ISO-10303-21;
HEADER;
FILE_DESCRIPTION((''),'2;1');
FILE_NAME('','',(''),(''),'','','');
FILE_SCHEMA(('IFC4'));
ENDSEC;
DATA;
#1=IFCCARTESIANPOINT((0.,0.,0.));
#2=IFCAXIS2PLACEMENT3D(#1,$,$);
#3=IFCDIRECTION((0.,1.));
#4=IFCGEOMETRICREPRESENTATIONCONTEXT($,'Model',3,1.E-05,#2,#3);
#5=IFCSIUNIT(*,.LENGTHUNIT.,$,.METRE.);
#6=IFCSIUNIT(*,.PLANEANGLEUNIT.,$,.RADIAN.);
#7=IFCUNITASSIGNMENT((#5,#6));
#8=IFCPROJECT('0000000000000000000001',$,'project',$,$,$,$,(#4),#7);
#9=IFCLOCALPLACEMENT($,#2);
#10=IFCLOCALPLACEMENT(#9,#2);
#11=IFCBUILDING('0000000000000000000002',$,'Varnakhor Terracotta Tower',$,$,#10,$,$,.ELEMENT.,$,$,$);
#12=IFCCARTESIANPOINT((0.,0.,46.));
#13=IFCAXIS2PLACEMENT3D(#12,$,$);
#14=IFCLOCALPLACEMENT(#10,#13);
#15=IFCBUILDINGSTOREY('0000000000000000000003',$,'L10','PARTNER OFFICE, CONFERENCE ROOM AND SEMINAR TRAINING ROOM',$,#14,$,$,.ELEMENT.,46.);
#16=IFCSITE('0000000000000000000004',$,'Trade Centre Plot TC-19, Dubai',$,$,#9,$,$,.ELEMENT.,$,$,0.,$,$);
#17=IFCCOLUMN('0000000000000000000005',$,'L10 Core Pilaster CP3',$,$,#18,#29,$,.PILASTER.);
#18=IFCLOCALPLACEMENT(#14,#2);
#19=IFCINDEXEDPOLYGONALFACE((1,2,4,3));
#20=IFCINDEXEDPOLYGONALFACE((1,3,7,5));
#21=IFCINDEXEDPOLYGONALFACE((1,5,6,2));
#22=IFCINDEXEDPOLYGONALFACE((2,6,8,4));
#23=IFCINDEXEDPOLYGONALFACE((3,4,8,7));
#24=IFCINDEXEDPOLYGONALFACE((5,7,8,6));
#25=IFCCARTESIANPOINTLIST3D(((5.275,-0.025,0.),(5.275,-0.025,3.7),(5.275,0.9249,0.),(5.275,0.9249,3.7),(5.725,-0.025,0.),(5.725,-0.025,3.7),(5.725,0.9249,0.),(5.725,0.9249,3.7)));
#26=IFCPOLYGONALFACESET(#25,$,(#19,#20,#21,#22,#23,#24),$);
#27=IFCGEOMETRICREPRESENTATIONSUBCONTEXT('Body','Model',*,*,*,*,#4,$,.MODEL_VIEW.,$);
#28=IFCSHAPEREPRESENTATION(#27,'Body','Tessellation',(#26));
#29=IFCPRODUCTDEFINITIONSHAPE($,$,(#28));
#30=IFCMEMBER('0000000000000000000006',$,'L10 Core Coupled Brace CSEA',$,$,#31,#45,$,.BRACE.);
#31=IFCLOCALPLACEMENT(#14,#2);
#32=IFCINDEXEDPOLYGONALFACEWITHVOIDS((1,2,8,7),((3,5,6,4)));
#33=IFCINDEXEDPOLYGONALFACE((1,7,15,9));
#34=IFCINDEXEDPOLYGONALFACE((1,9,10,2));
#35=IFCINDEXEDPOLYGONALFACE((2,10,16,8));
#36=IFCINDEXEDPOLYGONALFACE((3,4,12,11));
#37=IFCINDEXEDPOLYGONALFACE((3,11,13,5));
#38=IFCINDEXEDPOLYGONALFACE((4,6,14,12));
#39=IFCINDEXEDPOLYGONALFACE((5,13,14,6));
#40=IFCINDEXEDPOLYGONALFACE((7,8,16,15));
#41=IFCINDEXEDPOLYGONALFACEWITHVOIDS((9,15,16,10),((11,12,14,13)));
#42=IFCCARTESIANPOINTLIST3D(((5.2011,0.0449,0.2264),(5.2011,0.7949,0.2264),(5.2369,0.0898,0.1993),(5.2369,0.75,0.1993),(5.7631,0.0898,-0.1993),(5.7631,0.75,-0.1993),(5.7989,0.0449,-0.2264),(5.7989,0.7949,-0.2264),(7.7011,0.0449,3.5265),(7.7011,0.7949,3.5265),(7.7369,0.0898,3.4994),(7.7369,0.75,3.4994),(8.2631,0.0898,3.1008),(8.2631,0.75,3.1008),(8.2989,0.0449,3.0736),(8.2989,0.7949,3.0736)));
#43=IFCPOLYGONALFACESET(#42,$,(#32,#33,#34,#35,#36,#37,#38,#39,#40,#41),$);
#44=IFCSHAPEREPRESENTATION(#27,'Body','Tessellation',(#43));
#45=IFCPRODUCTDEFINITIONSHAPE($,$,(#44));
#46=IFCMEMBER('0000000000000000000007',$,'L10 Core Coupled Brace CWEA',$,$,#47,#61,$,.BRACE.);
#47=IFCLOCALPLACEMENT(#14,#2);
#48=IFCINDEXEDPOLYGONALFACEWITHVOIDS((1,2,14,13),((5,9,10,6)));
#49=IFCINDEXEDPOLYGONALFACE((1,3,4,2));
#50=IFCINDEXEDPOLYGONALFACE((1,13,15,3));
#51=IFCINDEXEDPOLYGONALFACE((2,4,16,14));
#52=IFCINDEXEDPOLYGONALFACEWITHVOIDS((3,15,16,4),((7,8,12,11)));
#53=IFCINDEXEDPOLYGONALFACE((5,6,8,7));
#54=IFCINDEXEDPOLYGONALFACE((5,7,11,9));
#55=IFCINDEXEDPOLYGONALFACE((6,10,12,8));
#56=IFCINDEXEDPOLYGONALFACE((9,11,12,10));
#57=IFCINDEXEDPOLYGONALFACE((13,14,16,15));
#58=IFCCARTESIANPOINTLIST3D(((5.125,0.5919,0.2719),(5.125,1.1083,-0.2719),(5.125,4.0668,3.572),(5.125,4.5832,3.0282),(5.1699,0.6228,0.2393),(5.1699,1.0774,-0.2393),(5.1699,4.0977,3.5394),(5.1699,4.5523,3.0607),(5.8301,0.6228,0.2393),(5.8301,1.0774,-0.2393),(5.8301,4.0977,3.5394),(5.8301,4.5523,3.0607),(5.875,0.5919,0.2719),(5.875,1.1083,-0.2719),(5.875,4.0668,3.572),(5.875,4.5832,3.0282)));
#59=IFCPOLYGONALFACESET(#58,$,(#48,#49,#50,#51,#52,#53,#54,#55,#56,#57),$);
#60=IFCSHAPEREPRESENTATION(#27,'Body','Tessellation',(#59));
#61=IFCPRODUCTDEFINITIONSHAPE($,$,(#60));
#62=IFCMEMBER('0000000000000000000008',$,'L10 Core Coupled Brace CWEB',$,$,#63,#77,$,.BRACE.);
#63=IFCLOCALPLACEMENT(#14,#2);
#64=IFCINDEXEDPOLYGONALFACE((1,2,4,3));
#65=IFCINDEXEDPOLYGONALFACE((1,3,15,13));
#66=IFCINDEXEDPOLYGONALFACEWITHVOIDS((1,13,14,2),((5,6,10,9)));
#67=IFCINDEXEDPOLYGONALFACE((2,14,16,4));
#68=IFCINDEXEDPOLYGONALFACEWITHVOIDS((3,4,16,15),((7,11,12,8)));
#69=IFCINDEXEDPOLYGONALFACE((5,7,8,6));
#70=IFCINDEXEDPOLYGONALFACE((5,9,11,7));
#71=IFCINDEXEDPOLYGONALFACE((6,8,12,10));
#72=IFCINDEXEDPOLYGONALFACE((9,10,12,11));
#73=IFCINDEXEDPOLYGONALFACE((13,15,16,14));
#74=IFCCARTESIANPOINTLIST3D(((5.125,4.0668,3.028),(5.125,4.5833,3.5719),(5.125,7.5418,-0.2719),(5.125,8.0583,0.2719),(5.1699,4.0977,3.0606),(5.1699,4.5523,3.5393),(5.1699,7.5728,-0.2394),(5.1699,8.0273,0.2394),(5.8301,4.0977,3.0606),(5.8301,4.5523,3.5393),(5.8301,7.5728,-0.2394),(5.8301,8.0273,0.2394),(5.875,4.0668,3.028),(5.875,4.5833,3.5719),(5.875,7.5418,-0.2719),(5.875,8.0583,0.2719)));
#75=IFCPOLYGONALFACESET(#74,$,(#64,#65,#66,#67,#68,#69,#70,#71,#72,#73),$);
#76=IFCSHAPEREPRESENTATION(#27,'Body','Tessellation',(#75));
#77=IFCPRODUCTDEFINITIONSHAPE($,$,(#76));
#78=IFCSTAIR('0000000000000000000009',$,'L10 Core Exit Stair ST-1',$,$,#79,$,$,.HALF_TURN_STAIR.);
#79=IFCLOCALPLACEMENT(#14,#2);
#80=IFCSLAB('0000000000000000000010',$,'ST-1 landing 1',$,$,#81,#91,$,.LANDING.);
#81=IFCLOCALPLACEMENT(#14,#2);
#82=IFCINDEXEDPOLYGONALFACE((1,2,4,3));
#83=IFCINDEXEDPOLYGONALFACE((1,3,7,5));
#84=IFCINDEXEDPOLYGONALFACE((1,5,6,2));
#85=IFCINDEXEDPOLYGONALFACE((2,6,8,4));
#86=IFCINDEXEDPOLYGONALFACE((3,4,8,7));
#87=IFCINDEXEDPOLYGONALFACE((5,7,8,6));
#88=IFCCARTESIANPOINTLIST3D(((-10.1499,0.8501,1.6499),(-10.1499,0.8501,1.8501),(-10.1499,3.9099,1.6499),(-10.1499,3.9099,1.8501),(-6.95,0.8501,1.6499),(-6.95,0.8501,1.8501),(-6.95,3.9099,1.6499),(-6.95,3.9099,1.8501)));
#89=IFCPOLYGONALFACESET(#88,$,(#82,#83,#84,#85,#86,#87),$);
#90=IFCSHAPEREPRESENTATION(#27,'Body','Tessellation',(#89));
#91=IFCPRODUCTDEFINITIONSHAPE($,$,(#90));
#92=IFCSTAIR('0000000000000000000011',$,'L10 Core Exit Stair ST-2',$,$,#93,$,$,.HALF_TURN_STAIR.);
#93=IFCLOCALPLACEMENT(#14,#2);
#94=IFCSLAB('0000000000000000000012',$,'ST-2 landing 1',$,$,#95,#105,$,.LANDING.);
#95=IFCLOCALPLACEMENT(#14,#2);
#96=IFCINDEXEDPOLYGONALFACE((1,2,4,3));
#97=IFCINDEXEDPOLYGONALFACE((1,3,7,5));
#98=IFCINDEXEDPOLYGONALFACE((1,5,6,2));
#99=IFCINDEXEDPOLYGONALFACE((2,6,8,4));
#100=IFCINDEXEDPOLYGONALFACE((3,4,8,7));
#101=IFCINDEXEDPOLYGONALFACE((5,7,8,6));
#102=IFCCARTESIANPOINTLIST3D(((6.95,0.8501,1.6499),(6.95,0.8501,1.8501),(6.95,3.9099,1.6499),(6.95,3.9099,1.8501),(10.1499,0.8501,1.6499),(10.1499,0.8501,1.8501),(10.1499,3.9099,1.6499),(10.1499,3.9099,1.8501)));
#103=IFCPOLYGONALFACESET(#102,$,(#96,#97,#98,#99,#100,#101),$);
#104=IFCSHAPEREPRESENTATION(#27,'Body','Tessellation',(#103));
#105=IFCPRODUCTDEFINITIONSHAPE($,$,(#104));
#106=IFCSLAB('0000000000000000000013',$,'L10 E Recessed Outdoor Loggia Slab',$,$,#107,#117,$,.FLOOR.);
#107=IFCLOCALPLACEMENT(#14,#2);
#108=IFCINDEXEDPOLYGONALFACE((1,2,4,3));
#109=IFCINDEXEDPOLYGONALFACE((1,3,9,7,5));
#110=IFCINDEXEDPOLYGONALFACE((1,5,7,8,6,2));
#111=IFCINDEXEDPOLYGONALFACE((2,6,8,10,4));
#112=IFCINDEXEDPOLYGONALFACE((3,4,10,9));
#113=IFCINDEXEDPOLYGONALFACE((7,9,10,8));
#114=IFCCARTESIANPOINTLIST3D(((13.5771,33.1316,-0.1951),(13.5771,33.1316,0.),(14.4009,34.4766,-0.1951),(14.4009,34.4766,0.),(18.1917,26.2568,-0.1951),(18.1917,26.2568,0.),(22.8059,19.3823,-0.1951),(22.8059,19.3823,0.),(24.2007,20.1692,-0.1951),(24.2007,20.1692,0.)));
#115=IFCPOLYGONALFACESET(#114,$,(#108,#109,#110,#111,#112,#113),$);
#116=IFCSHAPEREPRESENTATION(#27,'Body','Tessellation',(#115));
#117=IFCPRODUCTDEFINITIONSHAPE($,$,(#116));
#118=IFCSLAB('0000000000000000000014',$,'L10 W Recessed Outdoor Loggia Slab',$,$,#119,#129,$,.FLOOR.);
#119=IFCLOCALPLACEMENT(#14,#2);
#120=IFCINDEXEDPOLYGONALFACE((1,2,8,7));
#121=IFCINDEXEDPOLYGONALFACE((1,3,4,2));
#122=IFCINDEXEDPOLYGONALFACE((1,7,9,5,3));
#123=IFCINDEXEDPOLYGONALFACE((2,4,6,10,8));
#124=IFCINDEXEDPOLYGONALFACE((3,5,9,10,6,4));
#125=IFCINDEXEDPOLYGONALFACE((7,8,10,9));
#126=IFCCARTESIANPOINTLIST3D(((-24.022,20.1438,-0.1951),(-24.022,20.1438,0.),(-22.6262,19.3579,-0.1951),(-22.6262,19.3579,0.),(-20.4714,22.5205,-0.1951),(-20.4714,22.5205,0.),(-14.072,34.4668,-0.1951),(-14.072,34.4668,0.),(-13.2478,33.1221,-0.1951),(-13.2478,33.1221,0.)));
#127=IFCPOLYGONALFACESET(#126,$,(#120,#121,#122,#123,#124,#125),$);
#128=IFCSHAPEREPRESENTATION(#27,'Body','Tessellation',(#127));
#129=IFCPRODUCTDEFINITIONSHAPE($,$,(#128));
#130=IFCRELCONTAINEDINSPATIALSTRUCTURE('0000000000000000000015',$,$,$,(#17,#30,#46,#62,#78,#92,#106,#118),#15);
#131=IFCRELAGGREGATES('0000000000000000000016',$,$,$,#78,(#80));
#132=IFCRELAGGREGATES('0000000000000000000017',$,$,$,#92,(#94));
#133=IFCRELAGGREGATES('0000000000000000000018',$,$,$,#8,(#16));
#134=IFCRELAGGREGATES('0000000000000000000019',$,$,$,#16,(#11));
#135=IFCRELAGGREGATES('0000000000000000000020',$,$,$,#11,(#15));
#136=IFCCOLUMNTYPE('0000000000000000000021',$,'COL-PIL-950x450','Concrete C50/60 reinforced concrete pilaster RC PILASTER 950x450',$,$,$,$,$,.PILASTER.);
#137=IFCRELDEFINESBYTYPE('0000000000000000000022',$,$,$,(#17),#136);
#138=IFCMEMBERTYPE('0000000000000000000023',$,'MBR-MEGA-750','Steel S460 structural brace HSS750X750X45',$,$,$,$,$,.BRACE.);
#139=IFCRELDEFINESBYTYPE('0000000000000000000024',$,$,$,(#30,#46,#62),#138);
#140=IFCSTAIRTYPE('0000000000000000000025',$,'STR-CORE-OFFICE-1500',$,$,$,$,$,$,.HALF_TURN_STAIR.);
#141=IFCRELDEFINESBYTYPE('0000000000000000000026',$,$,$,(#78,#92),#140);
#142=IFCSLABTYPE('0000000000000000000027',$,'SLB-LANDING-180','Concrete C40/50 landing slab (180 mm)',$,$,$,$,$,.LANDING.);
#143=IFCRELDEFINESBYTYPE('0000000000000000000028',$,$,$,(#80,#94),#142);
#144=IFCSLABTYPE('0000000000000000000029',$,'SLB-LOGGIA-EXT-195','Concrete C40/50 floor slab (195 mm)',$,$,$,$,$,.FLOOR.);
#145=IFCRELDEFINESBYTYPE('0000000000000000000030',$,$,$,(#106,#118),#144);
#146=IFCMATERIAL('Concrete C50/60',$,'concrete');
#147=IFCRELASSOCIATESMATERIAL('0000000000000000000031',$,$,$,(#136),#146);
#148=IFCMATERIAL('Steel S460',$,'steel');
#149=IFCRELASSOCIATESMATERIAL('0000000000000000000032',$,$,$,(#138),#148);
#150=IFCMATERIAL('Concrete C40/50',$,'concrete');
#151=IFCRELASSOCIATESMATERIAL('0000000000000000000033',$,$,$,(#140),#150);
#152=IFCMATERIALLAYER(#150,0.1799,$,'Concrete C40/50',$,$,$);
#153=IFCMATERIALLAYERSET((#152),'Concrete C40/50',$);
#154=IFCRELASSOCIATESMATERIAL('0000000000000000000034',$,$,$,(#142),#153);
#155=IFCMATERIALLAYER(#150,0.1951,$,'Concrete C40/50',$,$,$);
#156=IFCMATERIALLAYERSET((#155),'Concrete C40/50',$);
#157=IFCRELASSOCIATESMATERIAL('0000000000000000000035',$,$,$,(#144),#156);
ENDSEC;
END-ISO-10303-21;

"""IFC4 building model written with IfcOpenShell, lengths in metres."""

from ifc_helpers import new_model, si_unit, direction, frame, origin, origin_2d, place, context, subcontext, project, spatial, polyline, rectangle, hollow_rectangle, outline, extrude, source, transform, mapped, material, layer, layer_set, material_profile, profile_set, type_object, type_shapes, element, aggregate, save


model = new_model("IFC4")

# Units and contexts
model_context = context("Model", 3, precision=1e-05, world=origin(), true_north=direction((0.0, 1.0)))
body_context = subcontext(model_context, "Body", "Model", "MODEL_VIEW")
ifc_project = project(units=[si_unit("LENGTHUNIT", "METRE"), si_unit("PLANEANGLEUNIT", "RADIAN")], contexts=[model_context])

# Site, building, storey
site_placement = place(None, origin())
site = spatial("IfcSite", under=ifc_project, at=site_placement, Name="Trade Centre Plot TC-19, Dubai", CompositionType="ELEMENT", RefElevation=0.0)
building_placement = place(site_placement, origin())
building = spatial("IfcBuilding", under=site, at=building_placement, Name="Varnakhor Terracotta Tower", CompositionType="ELEMENT")
storey_placement = place(building_placement, frame((0.0, 0.0, 46.0)))
storey = spatial("IfcBuildingStorey", under=building, at=storey_placement, Name="L10", Description="PARTNER OFFICE, CONFERENCE ROOM AND SEMINAR TRAINING ROOM", CompositionType="ELEMENT", Elevation=46.0)

# Column
ifc_material_1 = material(Name="Concrete C50/60", Category="concrete")
ifc_material_profile_1 = material_profile(ifc_material_1, rectangle(XDim=0.45, YDim=0.95, at=origin_2d()), Name="RC PILASTER 950x450")
ifc_profile_set_1 = profile_set([ifc_material_profile_1], Name="Concrete C50/60")
column_type = type_object("IfcColumnType", Name="COL-PIL-950x450", Description="Concrete C50/60 reinforced concrete pilaster RC PILASTER 950x450", PredefinedType="PILASTER", material=ifc_profile_set_1)
shared_shape_1 = source(origin(), body_context, "Body", "SweptSolid", [
    extrude(rectangle(XDim=0.45, YDim=0.95, at=origin_2d()), origin(), (0.0, 0.0, 1.0), 3.7),
])
column_placement = place(storey_placement, frame((5.5, 0.45, 0.0), z_axis=(0.0, 0.0, 1.0), x_axis=(1.0, 0.0, 0.0)))
element("IfcColumn", 1, at=column_placement, inside=storey, type_object=column_type, Name="L10 Core Pilaster CP3", PredefinedType="PILASTER", context=body_context, shape_type="MappedRepresentation", body=[
    mapped(shared_shape_1, transform((0.0, 0.0, 0.0), scale=1.0)),
])

# Members
ifc_material_2 = material(Name="Steel S460", Category="steel")
ifc_material_profile_2 = material_profile(ifc_material_2, hollow_rectangle(XDim=0.75, YDim=0.75, WallThickness=0.0449, at=origin_2d()), Name="HSS750X750X45")
ifc_profile_set_2 = profile_set([ifc_material_profile_2], Name="Steel S460")
member_type = type_object("IfcMemberType", Name="MBR-MEGA-750", Description="Steel S460 structural brace HSS750X750X45", PredefinedType="BRACE", material=ifc_profile_set_2)
shared_shape_2 = source(origin(), body_context, "Body", "SweptSolid", [
    extrude(hollow_rectangle(XDim=0.75, YDim=0.75, WallThickness=0.0449, at=origin_2d()), origin(), (0.0, 0.0, 1.0), 4.1401),
])
type_shapes(member_type, [shared_shape_2])
member_placement = place(storey_placement, frame((5.5, 0.4199, 0.0), z_axis=(0.603852, 0.0, 0.797096), x_axis=(0.0, 1.0, 0.0)))
element("IfcMember", 2, at=member_placement, inside=storey, type_object=member_type, Name="L10 Core Coupled Brace CSEA", PredefinedType="BRACE", context=body_context, shape_type="MappedRepresentation", body=[
    mapped(shared_shape_2, transform((0.0, 0.0, 0.0), scale=1.0)),
])
shared_shape_3 = source(origin(), body_context, "Body", "SweptSolid", [
    extrude(hollow_rectangle(XDim=0.75, YDim=0.75, WallThickness=0.0449, at=origin_2d()), origin(), (0.0, 0.0, 1.0), 4.7922),
])
for number, where, z_axis, x_axis, name in (
    (3, (5.5, 0.8501, 0.0), (0.0, 0.72511, 0.688633), (-1.0, 0.0, 0.0), "L10 Core Coupled Brace CWEA"),
    (4, (5.5, 7.8, 0.0), (0.0, -0.725134, 0.688608), (1.0, 0.0, 0.0), "L10 Core Coupled Brace CWEB"),
):
    element("IfcMember", number, at=place(storey_placement, frame(where, z_axis=z_axis, x_axis=x_axis)), inside=storey, type_object=member_type, Name=name, PredefinedType="BRACE", context=body_context, shape_type="MappedRepresentation", body=[
        mapped(shared_shape_3, transform((0.0, 0.0, 0.0), scale=1.0)),
    ])

# Stairs, slabs
ifc_material_3 = material(Name="Concrete C40/50", Category="concrete")
stair_type = type_object("IfcStairType", Name="STR-CORE-OFFICE-1500", PredefinedType="HALF_TURN_STAIR", material=ifc_material_3)
stair_1_placement = place(storey_placement, origin())
stair_1 = element("IfcStair", 5, at=stair_1_placement, inside=storey, type_object=stair_type, Name="L10 Core Exit Stair ST-1", PredefinedType="HALF_TURN_STAIR")
ifc_layer_1 = layer(ifc_material_3, 0.1799, Name="Concrete C40/50")
ifc_layer_set_1 = layer_set([ifc_layer_1], Name="Concrete C40/50")
slab_type_1 = type_object("IfcSlabType", Name="SLB-LANDING-180", Description="Concrete C40/50 landing slab (180 mm)", PredefinedType="LANDING", material=ifc_layer_set_1)
slab_1_placement = place(storey_placement, frame((0.0, 0.0, 1.6499)))
slab_1 = element("IfcSlab", 6, at=slab_1_placement, type_object=slab_type_1, Name="ST-1 landing 1", PredefinedType="LANDING", context=body_context, shape_type="SweptSolid", body=[
    extrude(outline(polyline([(-10.1499, 3.9099), (-10.1499, 0.8501), (-6.95, 0.8501), (-6.95, 3.9099), (-10.1499, 3.9099)])), origin(), (0.0, 0.0, 1.0), 0.2002),
])
aggregate(stair_1, [slab_1])
stair_2_placement = place(storey_placement, origin())
stair_2 = element("IfcStair", 7, at=stair_2_placement, inside=storey, type_object=stair_type, Name="L10 Core Exit Stair ST-2", PredefinedType="HALF_TURN_STAIR")
slab_2_placement = place(storey_placement, frame((0.0, 0.0, 1.6499)))
slab_2 = element("IfcSlab", 8, at=slab_2_placement, type_object=slab_type_1, Name="ST-2 landing 1", PredefinedType="LANDING", context=body_context, shape_type="SweptSolid", body=[
    extrude(outline(polyline([(6.95, 3.9099), (6.95, 0.8501), (10.1499, 0.8501), (10.1499, 3.9099), (6.95, 3.9099)])), origin(), (0.0, 0.0, 1.0), 0.2002),
])

# Slabs
ifc_layer_2 = layer(ifc_material_3, 0.1951, Name="Concrete C40/50")
ifc_layer_set_2 = layer_set([ifc_layer_2], Name="Concrete C40/50")
slab_type_2 = type_object("IfcSlabType", Name="SLB-LOGGIA-EXT-195", Description="Concrete C40/50 floor slab (195 mm)", PredefinedType="FLOOR", material=ifc_layer_set_2)
slab_3_placement = place(storey_placement, frame((0.0, 0.0, -0.1951)))
element("IfcSlab", 9, at=slab_3_placement, inside=storey, type_object=slab_type_2, Name="L10 E Recessed Outdoor Loggia Slab", PredefinedType="FLOOR", context=body_context, shape_type="SweptSolid", body=[
    extrude(outline(polyline([(14.4009, 34.4766), (24.2007, 20.1692), (22.8059, 19.3823), (18.1917, 26.2568), (13.5771, 33.1316), (14.4009, 34.4766)])), origin(), (0.0, 0.0, 1.0), 0.1951),
])
slab_4_placement = place(storey_placement, frame((0.0, 0.0, -0.1951)))
element("IfcSlab", 10, at=slab_4_placement, inside=storey, type_object=slab_type_2, Name="L10 W Recessed Outdoor Loggia Slab", PredefinedType="FLOOR", context=body_context, shape_type="SweptSolid", body=[
    extrude(outline(polyline([(-24.022, 20.1438), (-14.072, 34.4668), (-13.2478, 33.1221), (-20.4714, 22.5205), (-22.6262, 19.3579), (-24.022, 20.1438)])), origin(), (0.0, 0.0, 1.0), 0.1951),
])

aggregate(stair_2, [slab_2])

save(model, "model.ifc")
